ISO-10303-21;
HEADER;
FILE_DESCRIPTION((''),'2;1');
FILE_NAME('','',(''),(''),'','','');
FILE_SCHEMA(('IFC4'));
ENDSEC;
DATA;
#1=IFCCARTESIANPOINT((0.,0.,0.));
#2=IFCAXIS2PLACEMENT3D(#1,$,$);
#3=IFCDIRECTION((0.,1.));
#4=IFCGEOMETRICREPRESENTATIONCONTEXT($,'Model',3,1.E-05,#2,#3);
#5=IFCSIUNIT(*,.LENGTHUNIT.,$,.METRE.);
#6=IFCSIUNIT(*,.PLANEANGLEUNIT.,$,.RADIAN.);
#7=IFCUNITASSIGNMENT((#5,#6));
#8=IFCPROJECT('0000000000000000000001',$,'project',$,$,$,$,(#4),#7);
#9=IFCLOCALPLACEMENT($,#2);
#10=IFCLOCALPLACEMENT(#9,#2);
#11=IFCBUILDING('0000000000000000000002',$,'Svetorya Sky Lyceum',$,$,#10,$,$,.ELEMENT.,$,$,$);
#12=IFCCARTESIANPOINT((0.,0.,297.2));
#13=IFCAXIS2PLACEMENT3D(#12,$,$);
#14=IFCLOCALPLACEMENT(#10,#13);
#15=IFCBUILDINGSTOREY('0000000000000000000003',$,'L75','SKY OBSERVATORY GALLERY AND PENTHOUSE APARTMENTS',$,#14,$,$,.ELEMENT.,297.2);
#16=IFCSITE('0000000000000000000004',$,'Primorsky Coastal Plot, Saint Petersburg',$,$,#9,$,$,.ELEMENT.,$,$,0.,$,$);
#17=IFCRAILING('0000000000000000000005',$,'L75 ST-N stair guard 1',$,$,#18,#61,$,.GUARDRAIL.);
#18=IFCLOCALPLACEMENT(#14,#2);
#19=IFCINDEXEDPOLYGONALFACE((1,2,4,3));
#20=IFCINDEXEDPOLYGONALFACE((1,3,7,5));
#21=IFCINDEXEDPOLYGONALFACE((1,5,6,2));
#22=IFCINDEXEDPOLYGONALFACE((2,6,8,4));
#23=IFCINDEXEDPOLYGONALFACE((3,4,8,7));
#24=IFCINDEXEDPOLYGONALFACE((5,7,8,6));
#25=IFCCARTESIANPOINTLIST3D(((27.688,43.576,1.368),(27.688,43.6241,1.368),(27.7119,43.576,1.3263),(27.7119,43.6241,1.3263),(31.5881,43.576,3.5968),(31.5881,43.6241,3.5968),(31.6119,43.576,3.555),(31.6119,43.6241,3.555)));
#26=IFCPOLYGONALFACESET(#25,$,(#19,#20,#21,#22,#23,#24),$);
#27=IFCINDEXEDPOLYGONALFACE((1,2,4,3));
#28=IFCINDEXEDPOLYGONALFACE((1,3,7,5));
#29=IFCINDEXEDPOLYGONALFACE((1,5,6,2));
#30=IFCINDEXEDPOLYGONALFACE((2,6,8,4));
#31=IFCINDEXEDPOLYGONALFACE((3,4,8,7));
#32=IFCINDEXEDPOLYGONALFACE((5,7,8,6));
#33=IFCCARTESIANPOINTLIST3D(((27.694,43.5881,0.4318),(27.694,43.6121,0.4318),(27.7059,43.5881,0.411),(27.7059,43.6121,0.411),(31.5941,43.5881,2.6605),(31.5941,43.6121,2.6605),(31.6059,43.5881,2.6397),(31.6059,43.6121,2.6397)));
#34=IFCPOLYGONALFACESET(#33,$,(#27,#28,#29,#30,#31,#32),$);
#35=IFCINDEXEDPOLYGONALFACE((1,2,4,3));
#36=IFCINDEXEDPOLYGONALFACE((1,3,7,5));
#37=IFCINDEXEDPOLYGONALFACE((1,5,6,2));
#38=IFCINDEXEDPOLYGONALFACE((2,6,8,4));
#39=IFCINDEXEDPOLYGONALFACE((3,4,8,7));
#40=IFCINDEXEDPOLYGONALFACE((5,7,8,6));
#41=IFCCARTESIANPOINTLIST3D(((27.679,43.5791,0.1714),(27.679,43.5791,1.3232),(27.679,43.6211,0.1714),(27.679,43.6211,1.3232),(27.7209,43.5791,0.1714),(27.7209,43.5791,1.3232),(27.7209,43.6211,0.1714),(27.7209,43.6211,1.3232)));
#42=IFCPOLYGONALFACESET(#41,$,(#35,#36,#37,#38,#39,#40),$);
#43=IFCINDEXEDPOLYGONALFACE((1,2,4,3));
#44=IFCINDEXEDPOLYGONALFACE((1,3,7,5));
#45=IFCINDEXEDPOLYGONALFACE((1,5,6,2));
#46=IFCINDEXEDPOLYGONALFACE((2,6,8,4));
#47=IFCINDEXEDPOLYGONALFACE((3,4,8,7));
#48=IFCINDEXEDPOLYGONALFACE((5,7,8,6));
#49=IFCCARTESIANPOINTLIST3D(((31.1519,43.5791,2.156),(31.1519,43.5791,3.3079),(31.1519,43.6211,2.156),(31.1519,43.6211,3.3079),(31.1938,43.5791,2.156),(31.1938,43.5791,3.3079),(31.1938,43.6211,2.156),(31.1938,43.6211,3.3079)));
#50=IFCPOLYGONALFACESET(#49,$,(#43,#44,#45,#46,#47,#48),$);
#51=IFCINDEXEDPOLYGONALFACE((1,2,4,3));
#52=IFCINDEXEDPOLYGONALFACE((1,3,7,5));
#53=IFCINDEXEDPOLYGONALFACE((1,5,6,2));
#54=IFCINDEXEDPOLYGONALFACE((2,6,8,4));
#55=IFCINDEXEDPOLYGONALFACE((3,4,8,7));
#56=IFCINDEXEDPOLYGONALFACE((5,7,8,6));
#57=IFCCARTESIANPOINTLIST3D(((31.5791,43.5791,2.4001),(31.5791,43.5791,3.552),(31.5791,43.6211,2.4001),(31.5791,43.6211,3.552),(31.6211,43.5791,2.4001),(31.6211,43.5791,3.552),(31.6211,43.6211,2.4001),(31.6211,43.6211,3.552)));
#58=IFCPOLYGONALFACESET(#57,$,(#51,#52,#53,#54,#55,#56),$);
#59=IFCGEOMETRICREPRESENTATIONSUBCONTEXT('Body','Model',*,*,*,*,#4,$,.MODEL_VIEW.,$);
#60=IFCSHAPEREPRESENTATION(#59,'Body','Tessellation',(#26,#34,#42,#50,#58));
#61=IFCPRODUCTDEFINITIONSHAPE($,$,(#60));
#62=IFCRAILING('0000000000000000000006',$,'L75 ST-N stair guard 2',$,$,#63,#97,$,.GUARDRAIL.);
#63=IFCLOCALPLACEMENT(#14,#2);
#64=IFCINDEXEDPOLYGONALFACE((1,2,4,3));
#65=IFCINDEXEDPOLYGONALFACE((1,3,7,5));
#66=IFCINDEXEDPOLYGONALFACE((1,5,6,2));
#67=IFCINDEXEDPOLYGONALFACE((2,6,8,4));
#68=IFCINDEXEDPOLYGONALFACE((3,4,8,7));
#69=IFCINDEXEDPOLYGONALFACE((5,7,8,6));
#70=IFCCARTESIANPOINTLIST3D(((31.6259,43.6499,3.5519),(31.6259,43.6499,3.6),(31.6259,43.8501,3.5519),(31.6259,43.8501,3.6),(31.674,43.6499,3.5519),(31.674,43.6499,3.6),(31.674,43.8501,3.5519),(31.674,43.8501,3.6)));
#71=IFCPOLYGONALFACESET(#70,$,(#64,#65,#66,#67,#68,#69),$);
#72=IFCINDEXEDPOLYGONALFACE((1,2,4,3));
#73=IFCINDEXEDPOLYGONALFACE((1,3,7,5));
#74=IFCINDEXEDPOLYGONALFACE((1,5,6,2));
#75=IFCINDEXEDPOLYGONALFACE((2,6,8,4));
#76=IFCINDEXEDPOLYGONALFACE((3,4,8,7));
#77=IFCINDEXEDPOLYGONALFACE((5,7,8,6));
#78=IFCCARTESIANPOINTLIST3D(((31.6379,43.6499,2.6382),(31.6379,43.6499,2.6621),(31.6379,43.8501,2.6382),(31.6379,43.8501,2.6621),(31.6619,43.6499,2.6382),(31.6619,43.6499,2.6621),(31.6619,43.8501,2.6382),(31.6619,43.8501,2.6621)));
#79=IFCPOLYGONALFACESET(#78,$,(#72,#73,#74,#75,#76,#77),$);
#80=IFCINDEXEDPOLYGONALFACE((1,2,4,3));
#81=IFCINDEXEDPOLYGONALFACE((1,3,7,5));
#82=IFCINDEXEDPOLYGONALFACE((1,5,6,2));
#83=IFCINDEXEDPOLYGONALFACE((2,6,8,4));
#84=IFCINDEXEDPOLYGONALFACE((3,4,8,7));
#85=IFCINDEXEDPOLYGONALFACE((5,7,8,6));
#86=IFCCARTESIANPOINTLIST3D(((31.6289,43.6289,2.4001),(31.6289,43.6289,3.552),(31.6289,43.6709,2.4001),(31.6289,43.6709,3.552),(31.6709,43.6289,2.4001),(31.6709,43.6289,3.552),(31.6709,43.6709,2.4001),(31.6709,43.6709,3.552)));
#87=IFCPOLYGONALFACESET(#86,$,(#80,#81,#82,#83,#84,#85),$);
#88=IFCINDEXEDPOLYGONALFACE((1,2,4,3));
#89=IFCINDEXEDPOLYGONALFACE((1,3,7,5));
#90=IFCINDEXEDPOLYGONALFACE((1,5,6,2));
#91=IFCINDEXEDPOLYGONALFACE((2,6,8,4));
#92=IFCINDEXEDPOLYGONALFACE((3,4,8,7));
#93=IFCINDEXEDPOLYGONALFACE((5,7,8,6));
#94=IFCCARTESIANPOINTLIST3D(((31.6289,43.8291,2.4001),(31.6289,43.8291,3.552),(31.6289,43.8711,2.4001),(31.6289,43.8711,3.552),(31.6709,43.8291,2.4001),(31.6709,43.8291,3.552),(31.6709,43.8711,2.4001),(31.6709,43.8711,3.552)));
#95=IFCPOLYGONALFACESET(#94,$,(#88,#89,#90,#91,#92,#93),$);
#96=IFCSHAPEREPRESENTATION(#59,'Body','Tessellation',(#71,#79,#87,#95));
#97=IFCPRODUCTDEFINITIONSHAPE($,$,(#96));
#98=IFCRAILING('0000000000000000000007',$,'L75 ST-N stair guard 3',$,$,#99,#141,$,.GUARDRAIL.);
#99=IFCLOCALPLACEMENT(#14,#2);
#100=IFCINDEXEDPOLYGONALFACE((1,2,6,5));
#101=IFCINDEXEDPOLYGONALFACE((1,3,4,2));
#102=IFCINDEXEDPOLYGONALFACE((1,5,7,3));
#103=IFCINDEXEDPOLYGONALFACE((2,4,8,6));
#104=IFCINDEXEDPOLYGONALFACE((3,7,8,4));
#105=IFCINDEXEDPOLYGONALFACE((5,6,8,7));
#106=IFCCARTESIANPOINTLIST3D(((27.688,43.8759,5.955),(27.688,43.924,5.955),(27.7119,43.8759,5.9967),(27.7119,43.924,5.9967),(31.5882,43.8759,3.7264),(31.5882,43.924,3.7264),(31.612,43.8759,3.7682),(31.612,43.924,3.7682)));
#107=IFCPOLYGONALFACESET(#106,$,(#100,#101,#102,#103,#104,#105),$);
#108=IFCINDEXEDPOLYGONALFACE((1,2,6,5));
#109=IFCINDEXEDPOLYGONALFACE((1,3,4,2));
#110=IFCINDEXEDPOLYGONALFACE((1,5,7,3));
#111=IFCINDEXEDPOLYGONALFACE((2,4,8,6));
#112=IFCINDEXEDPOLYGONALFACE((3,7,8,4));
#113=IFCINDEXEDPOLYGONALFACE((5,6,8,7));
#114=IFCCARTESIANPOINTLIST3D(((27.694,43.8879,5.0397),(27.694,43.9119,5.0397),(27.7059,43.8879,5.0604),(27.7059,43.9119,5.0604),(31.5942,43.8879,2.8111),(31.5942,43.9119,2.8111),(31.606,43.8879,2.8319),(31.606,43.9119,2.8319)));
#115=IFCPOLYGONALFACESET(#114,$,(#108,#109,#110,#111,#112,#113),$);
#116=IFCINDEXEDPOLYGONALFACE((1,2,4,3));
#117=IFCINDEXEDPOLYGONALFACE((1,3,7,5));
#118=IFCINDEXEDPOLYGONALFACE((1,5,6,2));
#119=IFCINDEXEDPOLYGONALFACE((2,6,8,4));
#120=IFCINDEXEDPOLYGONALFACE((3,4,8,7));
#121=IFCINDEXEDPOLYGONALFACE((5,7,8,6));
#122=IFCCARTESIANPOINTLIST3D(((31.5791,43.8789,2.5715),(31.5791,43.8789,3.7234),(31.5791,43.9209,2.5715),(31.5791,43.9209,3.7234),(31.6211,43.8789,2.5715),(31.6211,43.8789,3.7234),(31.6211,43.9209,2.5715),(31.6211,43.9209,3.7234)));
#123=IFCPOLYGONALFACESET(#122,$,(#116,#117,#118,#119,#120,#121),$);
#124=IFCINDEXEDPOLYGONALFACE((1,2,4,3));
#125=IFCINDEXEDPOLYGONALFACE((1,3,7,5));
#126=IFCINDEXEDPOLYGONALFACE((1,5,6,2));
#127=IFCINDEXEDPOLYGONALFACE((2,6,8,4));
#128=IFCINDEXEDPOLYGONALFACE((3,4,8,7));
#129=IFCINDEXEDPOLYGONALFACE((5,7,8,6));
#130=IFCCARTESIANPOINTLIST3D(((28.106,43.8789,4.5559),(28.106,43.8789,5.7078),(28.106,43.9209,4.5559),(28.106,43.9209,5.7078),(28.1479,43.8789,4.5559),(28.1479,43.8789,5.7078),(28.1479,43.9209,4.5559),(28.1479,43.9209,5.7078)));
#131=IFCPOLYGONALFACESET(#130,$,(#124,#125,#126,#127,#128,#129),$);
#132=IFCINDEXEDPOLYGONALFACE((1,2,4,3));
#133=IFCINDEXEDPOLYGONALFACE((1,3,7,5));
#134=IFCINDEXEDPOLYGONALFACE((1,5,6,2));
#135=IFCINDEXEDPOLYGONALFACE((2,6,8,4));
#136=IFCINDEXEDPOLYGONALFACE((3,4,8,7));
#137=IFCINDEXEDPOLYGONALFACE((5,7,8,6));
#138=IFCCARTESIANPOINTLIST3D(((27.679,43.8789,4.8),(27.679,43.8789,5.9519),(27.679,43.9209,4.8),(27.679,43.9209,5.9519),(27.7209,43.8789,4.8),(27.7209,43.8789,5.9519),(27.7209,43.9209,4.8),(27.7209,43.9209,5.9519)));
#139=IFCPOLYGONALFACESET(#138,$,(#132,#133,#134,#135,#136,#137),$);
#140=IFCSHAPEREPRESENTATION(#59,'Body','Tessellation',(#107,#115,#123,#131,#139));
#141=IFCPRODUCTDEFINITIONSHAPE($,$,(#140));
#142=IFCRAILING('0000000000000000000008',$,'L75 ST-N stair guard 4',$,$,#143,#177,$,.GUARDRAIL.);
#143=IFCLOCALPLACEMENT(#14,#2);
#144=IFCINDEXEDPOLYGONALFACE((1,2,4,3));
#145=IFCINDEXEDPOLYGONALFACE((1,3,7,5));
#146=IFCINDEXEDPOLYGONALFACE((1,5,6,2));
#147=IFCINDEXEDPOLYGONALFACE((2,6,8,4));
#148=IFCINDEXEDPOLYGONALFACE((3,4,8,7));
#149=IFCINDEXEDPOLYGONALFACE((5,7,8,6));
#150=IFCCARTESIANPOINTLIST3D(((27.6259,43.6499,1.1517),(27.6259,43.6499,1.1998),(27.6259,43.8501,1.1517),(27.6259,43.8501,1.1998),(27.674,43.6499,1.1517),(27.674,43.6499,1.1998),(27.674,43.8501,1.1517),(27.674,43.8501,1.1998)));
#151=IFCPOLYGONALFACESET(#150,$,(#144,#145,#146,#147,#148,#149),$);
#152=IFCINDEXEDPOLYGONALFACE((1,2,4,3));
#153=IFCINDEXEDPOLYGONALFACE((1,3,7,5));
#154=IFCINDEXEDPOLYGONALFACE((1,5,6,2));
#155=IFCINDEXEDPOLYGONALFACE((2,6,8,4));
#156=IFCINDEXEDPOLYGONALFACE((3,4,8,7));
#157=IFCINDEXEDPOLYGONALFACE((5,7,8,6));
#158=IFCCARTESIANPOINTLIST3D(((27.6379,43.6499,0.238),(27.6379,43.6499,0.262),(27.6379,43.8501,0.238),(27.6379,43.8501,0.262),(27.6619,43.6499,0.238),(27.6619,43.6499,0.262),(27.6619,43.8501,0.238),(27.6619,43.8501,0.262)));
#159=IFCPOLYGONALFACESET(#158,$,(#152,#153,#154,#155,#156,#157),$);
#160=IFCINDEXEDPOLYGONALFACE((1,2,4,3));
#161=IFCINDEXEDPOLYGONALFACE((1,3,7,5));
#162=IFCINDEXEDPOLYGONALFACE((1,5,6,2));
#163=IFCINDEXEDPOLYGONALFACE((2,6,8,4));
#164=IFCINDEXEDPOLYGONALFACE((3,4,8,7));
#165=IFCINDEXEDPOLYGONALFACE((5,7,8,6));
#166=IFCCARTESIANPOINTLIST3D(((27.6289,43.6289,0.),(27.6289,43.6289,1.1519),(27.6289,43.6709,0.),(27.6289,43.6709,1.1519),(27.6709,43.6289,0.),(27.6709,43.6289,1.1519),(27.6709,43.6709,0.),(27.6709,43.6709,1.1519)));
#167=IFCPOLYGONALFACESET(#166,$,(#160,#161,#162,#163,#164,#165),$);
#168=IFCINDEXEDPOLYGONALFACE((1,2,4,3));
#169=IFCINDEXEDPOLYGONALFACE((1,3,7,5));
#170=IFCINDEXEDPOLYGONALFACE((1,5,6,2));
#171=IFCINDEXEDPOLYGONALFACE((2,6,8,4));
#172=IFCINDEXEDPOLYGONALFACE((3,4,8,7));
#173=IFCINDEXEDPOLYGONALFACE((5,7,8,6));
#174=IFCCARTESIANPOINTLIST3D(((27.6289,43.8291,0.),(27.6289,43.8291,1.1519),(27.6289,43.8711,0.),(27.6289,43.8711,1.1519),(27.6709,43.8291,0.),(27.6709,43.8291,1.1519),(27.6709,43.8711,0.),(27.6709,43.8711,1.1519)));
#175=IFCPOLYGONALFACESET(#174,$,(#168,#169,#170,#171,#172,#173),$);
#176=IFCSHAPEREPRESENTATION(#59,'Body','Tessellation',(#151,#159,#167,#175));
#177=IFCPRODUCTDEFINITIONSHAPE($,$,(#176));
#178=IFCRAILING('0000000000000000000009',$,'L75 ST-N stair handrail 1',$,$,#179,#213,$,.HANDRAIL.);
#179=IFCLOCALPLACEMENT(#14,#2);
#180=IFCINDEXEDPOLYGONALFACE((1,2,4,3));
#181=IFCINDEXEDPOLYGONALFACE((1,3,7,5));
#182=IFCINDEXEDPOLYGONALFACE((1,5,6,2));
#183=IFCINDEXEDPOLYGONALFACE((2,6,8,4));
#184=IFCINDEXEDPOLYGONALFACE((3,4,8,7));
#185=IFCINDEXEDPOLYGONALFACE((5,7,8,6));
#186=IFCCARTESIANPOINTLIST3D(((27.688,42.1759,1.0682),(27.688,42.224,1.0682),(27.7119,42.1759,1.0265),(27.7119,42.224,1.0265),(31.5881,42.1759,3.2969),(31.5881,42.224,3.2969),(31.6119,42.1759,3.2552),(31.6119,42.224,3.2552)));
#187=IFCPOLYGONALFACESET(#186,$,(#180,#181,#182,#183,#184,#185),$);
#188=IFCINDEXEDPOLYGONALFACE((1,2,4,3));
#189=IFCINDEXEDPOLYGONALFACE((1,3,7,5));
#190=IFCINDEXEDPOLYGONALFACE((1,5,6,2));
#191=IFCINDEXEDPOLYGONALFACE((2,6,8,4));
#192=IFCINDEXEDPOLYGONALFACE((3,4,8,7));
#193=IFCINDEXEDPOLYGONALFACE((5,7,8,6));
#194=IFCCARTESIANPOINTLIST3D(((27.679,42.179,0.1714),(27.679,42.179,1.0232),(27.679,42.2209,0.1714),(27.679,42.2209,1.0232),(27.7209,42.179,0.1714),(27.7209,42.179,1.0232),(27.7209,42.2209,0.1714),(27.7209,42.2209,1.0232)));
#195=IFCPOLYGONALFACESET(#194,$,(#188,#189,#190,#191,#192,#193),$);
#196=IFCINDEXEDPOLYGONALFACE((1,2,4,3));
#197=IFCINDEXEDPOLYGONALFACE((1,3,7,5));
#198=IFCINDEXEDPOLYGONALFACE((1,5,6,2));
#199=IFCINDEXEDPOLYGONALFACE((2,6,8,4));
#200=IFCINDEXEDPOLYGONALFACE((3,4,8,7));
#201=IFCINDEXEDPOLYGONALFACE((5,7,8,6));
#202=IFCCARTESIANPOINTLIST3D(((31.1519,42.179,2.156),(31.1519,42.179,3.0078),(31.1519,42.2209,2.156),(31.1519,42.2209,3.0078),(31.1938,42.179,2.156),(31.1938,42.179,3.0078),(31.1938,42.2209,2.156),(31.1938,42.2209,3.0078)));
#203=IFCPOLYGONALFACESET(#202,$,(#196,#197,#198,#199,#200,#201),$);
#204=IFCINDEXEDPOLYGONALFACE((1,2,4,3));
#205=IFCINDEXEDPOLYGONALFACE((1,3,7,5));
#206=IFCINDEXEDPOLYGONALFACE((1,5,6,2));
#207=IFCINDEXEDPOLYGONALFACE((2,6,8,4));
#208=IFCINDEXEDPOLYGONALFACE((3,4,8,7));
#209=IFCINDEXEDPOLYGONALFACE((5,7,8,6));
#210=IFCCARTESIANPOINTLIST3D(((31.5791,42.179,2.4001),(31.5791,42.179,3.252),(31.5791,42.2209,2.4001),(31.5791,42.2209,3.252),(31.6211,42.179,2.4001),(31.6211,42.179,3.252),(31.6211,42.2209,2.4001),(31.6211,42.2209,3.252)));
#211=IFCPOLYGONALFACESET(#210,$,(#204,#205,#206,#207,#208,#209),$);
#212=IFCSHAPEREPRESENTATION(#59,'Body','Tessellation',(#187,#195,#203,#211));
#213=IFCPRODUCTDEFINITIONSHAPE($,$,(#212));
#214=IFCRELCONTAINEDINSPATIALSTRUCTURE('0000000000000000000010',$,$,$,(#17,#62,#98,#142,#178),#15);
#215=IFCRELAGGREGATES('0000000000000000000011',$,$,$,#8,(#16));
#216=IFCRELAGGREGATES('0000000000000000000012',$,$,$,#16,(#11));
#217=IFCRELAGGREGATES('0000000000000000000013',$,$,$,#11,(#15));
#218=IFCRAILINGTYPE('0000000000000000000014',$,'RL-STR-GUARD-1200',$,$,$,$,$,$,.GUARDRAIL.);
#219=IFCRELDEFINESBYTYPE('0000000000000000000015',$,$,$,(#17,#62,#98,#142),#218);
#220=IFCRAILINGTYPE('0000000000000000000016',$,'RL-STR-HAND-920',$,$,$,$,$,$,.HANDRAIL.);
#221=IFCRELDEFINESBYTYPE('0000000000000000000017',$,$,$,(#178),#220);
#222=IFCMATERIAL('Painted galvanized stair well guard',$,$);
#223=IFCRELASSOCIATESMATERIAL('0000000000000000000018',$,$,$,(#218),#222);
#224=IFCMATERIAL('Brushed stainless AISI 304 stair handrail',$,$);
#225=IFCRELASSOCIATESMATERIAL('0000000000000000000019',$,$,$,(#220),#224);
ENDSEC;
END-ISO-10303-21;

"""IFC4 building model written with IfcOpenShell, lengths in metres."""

from ifc_helpers import new_model, si_unit, direction, frame, origin, origin_2d, place, context, subcontext, project, spatial, rectangle, extrude, material, type_object, element, save


model = new_model("IFC4")

# Units and contexts
model_context = context("Model", 3, precision=1e-05, world=origin(), true_north=direction((0.0, 1.0)))
body_context = subcontext(model_context, "Body", "Model", "MODEL_VIEW")
ifc_project = project(units=[si_unit("LENGTHUNIT", "METRE"), si_unit("PLANEANGLEUNIT", "RADIAN")], contexts=[model_context])

# Site, building, storey
site_placement = place(None, origin())
site = spatial("IfcSite", under=ifc_project, at=site_placement, Name="Primorsky Coastal Plot, Saint Petersburg", CompositionType="ELEMENT", RefElevation=0.0)
building_placement = place(site_placement, origin())
building = spatial("IfcBuilding", under=site, at=building_placement, Name="Svetorya Sky Lyceum", CompositionType="ELEMENT")
storey_placement = place(building_placement, frame((0.0, 0.0, 297.2)))
storey = spatial("IfcBuildingStorey", under=building, at=storey_placement, Name="L75", Description="SKY OBSERVATORY GALLERY AND PENTHOUSE APARTMENTS", CompositionType="ELEMENT", Elevation=297.2)

# Railings
ifc_material_1 = material(Name="Painted galvanized stair well guard")
railing_type_1 = type_object("IfcRailingType", Name="RL-STR-GUARD-1200", PredefinedType="GUARDRAIL", material=ifc_material_1)
railing_1_placement = place(storey_placement, frame((27.7, 43.6001, 0.1714)))
element("IfcRailing", 1, at=railing_1_placement, inside=storey, type_object=railing_type_1, Name="L75 ST-N stair guard 1", PredefinedType="GUARDRAIL", context=body_context, shape_type="SweptSolid", body=[
    extrude(rectangle(XDim=0.0481, YDim=0.0481, at=origin_2d()), frame((0.0, 0.0, 1.1758), z_axis=(0.868233, 0.0, 0.496156), x_axis=(0.0, 1.0, 0.0)), (0.0, 0.0, 1.0), 4.4919),
    extrude(rectangle(XDim=0.0239, YDim=0.0239, at=origin_2d()), frame((0.0, 0.0, 0.25), z_axis=(0.868233, 0.0, 0.496156), x_axis=(0.0, 1.0, 0.0)), (0.0, 0.0, 1.0), 4.4919),
    extrude(rectangle(XDim=0.042, YDim=0.042, at=origin_2d()), origin(), (0.0, 0.0, 1.0), 1.1519),
    extrude(rectangle(XDim=0.042, YDim=0.042, at=origin_2d()), frame((3.4729, 0.0, 1.9846)), (0.0, 0.0, 1.0), 1.1519),
    extrude(rectangle(XDim=0.042, YDim=0.042, at=origin_2d()), frame((3.9001, 0.0, 2.2288)), (0.0, 0.0, 1.0), 1.1519),
])
railing_2_placement = place(storey_placement, frame((31.6499, 43.6499, 2.4001)))
element("IfcRailing", 2, at=railing_2_placement, inside=storey, type_object=railing_type_1, Name="L75 ST-N stair guard 2", PredefinedType="GUARDRAIL", context=body_context, shape_type="SweptSolid", body=[
    extrude(rectangle(XDim=0.0481, YDim=0.0481, at=origin_2d()), frame((0.0, 0.0, 1.1758), z_axis=(0.0, 1.0, 0.0), x_axis=(-1.0, 0.0, 0.0)), (0.0, 0.0, 1.0), 0.2002),
    extrude(rectangle(XDim=0.0239, YDim=0.0239, at=origin_2d()), frame((0.0, 0.0, 0.25), z_axis=(0.0, 1.0, 0.0), x_axis=(-1.0, 0.0, 0.0)), (0.0, 0.0, 1.0), 0.2002),
    extrude(rectangle(XDim=0.042, YDim=0.042, at=origin_2d()), origin(), (0.0, 0.0, 1.0), 1.1519),
    extrude(rectangle(XDim=0.042, YDim=0.042, at=origin_2d()), frame((0.0, 0.2002, 0.0)), (0.0, 0.0, 1.0), 1.1519),
])
railing_3_placement = place(storey_placement, frame((31.6001, 43.8999, 2.5715)))
element("IfcRailing", 3, at=railing_3_placement, inside=storey, type_object=railing_type_1, Name="L75 ST-N stair guard 3", PredefinedType="GUARDRAIL", context=body_context, shape_type="SweptSolid", body=[
    extrude(rectangle(XDim=0.0481, YDim=0.0481, at=origin_2d()), frame((0.0, 0.0, 1.1758), z_axis=(-0.868257, 0.0, 0.496116), x_axis=(0.0, -1.0, 0.0)), (0.0, 0.0, 1.0), 4.4919),
    extrude(rectangle(XDim=0.0239, YDim=0.0239, at=origin_2d()), frame((0.0, 0.0, 0.25), z_axis=(-0.868257, 0.0, 0.496116), x_axis=(0.0, -1.0, 0.0)), (0.0, 0.0, 1.0), 4.4919),
    extrude(rectangle(XDim=0.042, YDim=0.042, at=origin_2d()), origin(), (0.0, 0.0, 1.0), 1.1519),
    extrude(rectangle(XDim=0.042, YDim=0.042, at=origin_2d()), frame((-3.4731, 0.0, 1.9844)), (0.0, 0.0, 1.0), 1.1519),
    extrude(rectangle(XDim=0.042, YDim=0.042, at=origin_2d()), frame((-3.9001, 0.0, 2.2285)), (0.0, 0.0, 1.0), 1.1519),
])
railing_4_placement = place(storey_placement, frame((27.6499, 43.6499, 0.0)))
element("IfcRailing", 4, at=railing_4_placement, inside=storey, type_object=railing_type_1, Name="L75 ST-N stair guard 4", PredefinedType="GUARDRAIL", context=body_context, shape_type="SweptSolid", body=[
    extrude(rectangle(XDim=0.0481, YDim=0.0481, at=origin_2d()), frame((0.0, 0.0, 1.1758), z_axis=(0.0, 1.0, 0.0), x_axis=(-1.0, 0.0, 0.0)), (0.0, 0.0, 1.0), 0.2002),
    extrude(rectangle(XDim=0.0239, YDim=0.0239, at=origin_2d()), frame((0.0, 0.0, 0.25), z_axis=(0.0, 1.0, 0.0), x_axis=(-1.0, 0.0, 0.0)), (0.0, 0.0, 1.0), 0.2002),
    extrude(rectangle(XDim=0.042, YDim=0.042, at=origin_2d()), origin(), (0.0, 0.0, 1.0), 1.1519),
    extrude(rectangle(XDim=0.042, YDim=0.042, at=origin_2d()), frame((0.0, 0.2002, 0.0)), (0.0, 0.0, 1.0), 1.1519),
])
ifc_material_2 = material(Name="Brushed stainless AISI 304 stair handrail")
railing_type_2 = type_object("IfcRailingType", Name="RL-STR-HAND-920", PredefinedType="HANDRAIL", material=ifc_material_2)
railing_5_placement = place(storey_placement, frame((27.7, 42.2, 0.1714)))
element("IfcRailing", 5, at=railing_5_placement, inside=storey, type_object=railing_type_2, Name="L75 ST-N stair handrail 1", PredefinedType="HANDRAIL", context=body_context, shape_type="SweptSolid", body=[
    extrude(rectangle(XDim=0.0481, YDim=0.0481, at=origin_2d()), frame((0.0, 0.0, 0.876), z_axis=(0.868233, 0.0, 0.496156), x_axis=(0.0, 1.0, 0.0)), (0.0, 0.0, 1.0), 4.4919),
    extrude(rectangle(XDim=0.042, YDim=0.042, at=origin_2d()), origin(), (0.0, 0.0, 1.0), 0.8518),
    extrude(rectangle(XDim=0.042, YDim=0.042, at=origin_2d()), frame((3.4729, 0.0, 1.9846)), (0.0, 0.0, 1.0), 0.8518),
    extrude(rectangle(XDim=0.042, YDim=0.042, at=origin_2d()), frame((3.9001, 0.0, 2.2288)), (0.0, 0.0, 1.0), 0.8518),
])

save(model, "model.ifc")
